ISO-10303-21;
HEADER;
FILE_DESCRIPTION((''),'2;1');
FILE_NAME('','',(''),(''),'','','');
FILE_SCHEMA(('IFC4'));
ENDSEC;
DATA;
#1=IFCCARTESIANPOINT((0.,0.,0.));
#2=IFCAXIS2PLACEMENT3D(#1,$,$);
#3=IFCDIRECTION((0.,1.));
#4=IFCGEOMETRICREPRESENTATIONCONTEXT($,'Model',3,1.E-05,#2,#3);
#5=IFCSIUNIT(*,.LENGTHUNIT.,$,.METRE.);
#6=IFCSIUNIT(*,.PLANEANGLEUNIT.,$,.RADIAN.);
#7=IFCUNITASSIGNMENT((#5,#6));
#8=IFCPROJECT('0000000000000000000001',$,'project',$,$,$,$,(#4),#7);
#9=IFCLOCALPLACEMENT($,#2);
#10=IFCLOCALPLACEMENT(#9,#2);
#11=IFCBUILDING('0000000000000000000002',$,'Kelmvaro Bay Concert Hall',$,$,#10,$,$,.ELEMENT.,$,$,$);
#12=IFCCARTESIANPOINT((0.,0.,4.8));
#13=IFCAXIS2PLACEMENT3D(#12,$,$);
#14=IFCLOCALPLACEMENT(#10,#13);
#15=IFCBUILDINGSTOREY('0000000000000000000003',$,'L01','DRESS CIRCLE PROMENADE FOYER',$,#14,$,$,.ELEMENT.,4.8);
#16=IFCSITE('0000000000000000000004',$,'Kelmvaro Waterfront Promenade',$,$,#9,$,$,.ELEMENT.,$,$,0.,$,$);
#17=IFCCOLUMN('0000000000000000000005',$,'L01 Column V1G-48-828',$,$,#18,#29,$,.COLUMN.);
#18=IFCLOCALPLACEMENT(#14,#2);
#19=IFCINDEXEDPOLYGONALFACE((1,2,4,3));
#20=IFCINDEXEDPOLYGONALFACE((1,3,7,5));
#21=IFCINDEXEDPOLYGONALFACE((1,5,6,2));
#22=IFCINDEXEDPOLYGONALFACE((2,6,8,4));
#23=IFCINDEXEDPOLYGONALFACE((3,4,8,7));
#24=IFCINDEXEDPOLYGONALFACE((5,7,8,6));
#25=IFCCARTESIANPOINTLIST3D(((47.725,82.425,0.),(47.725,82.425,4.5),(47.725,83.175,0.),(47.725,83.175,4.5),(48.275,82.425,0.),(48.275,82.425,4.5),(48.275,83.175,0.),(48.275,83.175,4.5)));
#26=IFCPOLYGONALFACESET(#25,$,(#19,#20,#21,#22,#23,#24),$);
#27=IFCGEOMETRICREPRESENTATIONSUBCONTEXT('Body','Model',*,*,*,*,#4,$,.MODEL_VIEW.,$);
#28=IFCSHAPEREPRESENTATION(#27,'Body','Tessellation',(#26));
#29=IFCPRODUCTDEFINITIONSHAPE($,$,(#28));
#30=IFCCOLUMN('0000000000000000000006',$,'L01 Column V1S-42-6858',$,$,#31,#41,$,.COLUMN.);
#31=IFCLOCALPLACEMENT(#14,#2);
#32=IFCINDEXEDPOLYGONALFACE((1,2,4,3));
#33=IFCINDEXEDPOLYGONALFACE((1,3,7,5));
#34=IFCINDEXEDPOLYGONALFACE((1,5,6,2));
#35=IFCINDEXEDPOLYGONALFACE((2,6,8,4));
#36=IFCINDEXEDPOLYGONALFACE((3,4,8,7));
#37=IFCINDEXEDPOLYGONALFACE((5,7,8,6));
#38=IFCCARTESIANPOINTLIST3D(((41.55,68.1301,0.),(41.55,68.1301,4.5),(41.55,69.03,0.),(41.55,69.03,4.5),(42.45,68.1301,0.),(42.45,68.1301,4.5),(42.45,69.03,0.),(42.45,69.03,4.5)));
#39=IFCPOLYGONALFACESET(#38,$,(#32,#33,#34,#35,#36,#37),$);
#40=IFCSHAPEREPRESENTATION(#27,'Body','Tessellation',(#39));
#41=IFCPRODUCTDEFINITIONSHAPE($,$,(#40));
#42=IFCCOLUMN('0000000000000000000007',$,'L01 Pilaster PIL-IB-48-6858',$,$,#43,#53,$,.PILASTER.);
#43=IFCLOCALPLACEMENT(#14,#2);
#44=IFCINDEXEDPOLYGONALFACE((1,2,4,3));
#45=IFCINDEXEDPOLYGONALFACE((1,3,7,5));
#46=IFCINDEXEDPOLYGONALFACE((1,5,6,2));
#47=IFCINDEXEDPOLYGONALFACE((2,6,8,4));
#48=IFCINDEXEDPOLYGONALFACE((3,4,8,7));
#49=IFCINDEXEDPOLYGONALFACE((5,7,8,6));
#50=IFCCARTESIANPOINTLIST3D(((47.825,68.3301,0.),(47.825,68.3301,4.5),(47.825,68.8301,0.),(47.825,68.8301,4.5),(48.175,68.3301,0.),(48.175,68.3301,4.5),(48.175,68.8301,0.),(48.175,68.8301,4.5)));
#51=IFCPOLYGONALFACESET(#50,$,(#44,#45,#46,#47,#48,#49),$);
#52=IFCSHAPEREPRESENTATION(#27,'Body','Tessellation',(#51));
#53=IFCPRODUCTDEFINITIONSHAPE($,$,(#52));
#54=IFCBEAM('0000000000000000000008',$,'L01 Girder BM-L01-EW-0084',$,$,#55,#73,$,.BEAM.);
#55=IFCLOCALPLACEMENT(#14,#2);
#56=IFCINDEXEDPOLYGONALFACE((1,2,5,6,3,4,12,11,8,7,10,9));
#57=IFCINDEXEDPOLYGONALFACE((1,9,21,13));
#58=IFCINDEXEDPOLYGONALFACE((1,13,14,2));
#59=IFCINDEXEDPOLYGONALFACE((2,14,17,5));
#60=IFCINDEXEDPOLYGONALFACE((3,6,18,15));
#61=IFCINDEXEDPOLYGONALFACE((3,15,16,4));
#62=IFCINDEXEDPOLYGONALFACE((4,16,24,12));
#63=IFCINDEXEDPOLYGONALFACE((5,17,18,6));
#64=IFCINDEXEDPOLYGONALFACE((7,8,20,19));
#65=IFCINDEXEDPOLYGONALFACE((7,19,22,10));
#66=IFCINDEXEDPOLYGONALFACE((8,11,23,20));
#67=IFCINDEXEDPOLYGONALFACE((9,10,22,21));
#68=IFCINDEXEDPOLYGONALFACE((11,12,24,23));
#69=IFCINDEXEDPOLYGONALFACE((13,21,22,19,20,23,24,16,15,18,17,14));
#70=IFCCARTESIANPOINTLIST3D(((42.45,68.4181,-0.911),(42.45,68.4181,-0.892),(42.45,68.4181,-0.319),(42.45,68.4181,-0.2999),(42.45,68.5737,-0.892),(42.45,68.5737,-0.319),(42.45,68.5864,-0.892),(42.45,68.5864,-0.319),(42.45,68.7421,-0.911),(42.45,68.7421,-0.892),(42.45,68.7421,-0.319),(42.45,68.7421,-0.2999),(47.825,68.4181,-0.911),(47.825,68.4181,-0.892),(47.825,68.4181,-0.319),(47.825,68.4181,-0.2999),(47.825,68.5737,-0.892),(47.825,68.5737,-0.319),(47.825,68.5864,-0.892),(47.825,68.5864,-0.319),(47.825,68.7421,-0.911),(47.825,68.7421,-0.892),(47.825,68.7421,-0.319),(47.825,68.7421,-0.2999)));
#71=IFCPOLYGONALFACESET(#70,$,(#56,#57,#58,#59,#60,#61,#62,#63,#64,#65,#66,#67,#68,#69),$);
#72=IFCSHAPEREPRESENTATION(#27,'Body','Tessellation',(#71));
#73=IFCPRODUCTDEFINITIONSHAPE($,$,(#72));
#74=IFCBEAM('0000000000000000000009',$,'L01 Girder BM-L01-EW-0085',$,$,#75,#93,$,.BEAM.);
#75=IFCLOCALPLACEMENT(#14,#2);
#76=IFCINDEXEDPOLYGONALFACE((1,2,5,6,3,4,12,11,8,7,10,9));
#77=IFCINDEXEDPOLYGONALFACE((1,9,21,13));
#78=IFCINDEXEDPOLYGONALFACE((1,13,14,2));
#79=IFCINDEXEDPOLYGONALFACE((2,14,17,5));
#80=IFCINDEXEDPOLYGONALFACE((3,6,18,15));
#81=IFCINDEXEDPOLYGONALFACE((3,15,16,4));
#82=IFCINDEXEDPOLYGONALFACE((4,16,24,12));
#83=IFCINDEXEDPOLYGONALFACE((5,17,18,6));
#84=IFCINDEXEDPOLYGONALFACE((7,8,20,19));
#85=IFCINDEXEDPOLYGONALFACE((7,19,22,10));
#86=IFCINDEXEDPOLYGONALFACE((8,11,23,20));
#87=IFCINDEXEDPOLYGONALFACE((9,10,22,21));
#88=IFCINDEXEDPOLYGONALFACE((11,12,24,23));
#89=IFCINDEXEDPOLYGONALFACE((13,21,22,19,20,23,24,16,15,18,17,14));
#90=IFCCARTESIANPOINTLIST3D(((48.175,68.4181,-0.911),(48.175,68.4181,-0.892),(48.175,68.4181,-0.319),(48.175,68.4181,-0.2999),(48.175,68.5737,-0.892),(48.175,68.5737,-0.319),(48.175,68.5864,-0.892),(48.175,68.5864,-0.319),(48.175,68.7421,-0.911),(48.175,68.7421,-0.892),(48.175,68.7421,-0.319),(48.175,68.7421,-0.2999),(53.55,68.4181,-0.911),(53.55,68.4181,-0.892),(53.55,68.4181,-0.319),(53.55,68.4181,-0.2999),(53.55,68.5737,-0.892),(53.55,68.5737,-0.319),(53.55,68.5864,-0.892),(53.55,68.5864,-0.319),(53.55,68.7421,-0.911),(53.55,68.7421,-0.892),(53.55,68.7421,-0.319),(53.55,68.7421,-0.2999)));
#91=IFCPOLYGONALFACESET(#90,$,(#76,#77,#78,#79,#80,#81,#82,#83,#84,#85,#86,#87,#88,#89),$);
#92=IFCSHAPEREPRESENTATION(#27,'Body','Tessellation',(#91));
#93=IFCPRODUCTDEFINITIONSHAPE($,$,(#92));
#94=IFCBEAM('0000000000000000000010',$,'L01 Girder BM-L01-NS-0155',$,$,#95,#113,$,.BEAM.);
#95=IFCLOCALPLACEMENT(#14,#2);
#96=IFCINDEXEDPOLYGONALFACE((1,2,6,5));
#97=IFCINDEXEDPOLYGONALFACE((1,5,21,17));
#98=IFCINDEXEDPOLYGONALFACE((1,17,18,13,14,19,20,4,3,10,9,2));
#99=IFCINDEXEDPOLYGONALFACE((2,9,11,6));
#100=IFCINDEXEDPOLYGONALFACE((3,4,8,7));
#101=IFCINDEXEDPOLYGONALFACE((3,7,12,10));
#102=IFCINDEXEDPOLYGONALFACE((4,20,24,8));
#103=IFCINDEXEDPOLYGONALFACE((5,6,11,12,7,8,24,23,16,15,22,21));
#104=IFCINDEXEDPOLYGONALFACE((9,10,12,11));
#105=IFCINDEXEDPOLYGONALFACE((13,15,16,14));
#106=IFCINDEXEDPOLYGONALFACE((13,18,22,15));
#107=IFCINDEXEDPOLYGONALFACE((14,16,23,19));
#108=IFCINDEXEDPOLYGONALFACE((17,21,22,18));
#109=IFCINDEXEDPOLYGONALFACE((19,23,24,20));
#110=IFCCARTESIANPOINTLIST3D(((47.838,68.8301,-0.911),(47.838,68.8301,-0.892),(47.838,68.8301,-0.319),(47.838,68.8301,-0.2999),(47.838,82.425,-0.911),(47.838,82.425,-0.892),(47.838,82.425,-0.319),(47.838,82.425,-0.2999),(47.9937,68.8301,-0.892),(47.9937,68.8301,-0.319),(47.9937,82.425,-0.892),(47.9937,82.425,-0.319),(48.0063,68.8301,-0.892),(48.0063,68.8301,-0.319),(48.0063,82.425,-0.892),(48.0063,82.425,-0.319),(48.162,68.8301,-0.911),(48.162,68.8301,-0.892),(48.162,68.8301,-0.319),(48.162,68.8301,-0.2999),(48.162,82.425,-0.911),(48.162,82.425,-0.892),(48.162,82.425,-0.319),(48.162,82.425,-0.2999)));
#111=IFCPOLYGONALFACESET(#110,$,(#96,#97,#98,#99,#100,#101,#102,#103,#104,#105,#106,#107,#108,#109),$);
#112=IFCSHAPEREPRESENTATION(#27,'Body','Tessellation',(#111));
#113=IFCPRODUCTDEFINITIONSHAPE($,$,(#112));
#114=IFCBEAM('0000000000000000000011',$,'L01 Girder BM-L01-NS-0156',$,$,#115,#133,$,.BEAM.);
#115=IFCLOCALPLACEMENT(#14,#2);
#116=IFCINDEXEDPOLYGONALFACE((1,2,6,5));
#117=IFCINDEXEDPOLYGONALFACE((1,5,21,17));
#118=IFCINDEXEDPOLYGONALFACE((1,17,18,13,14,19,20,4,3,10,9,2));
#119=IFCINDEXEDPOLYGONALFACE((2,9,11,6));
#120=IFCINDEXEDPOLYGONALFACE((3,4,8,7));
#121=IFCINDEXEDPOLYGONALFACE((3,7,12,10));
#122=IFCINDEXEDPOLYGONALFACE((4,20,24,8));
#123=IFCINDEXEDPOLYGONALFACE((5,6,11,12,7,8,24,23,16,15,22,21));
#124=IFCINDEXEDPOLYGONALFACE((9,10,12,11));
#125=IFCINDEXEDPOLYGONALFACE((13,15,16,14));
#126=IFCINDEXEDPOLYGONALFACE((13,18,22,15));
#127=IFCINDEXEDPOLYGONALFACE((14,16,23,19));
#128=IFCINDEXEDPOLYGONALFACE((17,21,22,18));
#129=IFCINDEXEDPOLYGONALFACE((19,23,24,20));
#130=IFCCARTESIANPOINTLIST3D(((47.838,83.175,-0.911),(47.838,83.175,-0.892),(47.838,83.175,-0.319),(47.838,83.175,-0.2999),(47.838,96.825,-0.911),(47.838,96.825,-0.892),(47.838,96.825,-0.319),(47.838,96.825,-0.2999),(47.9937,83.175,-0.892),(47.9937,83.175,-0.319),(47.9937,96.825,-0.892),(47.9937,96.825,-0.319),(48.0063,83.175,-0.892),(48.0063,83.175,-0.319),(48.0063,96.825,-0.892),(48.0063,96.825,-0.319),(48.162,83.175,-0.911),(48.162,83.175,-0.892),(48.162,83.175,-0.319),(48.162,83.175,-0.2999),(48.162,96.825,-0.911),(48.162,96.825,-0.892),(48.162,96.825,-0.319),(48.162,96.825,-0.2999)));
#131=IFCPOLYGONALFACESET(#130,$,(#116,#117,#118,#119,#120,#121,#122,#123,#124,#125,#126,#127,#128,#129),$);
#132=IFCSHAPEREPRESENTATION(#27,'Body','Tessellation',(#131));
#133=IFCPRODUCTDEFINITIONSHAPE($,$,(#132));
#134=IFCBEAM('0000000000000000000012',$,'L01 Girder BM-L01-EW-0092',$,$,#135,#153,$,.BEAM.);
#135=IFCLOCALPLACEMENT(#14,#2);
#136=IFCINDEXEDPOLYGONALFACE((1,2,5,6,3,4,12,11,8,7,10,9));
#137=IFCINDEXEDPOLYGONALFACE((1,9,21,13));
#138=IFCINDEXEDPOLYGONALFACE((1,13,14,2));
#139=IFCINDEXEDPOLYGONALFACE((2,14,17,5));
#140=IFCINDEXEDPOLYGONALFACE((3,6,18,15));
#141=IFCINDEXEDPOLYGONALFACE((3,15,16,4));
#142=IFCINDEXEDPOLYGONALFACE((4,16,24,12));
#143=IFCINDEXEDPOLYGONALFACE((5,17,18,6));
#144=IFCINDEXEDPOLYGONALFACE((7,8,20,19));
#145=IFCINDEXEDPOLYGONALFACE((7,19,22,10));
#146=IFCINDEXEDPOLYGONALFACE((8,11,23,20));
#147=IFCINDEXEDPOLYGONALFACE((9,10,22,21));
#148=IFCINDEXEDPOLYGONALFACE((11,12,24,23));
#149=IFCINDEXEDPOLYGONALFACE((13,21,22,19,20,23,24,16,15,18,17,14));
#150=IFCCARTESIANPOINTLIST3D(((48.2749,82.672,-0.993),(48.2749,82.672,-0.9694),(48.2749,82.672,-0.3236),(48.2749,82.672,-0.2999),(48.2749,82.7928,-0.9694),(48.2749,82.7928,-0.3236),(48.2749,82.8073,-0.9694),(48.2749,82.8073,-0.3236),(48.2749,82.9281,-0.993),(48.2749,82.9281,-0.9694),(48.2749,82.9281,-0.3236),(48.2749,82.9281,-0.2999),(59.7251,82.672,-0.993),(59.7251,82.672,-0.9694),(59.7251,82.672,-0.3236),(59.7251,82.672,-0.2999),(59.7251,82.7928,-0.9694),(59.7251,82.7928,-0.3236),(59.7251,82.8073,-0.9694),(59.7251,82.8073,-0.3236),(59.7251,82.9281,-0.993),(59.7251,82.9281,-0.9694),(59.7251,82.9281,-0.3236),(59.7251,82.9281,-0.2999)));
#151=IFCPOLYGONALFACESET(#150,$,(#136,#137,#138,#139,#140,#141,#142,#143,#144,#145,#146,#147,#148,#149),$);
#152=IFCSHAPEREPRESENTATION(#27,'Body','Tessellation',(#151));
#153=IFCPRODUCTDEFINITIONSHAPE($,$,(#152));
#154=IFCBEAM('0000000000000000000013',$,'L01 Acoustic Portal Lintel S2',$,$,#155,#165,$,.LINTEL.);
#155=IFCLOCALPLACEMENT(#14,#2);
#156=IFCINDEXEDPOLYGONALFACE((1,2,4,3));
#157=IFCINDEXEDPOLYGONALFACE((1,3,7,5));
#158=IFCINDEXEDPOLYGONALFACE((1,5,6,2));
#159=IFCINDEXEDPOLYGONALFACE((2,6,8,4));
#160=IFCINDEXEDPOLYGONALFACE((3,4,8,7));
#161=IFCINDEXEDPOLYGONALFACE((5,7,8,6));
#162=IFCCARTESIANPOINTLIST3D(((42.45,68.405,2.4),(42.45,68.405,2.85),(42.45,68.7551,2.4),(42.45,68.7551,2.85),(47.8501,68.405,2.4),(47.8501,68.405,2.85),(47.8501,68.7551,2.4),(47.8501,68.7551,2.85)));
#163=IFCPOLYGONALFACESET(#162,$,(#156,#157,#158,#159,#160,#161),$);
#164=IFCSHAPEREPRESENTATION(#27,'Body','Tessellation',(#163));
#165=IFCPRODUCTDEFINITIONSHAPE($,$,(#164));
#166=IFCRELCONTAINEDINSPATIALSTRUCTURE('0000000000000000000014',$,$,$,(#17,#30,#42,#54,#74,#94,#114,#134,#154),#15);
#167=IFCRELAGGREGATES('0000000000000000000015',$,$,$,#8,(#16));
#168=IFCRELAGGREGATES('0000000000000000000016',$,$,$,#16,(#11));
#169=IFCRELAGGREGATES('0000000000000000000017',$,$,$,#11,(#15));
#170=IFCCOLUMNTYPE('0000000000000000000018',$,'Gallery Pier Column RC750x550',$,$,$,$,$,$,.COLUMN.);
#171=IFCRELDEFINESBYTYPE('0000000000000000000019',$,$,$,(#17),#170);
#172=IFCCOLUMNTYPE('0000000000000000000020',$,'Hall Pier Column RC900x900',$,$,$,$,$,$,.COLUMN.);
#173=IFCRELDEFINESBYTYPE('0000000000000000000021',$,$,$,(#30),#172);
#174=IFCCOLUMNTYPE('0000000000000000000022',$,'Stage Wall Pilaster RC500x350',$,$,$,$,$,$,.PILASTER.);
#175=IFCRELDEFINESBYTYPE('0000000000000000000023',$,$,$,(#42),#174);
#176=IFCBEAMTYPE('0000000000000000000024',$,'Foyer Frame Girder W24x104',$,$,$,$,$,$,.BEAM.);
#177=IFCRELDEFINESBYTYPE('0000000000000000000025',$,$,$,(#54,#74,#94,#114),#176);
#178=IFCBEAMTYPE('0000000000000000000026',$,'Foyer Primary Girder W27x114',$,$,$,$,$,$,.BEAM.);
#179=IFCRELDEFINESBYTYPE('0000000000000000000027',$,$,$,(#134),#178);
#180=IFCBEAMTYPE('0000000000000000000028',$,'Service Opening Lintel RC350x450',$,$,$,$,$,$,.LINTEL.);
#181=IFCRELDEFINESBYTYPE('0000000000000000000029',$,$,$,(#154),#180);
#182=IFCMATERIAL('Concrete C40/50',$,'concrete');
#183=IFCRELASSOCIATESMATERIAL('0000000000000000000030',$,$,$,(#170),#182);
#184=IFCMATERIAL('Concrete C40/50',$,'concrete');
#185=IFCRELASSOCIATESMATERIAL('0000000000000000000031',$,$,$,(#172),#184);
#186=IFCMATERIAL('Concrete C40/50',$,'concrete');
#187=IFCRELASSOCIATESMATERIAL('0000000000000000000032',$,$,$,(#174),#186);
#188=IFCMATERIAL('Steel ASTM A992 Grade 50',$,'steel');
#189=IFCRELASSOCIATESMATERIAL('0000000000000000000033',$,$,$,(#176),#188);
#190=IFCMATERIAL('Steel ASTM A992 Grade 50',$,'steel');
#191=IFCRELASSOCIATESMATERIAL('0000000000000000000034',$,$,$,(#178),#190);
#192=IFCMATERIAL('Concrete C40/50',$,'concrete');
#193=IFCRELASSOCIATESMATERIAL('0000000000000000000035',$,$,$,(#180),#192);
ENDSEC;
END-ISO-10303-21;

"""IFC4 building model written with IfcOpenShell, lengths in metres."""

from ifc_helpers import new_model, si_unit, direction, frame, origin, origin_2d, place, context, subcontext, project, spatial, rectangle, i_section, extrude, material, material_profile, profile_set, type_object, element, save


model = new_model("IFC4")

# Units and contexts
model_context = context("Model", 3, precision=1e-05, world=origin(), true_north=direction((0.0, 1.0)))
body_context = subcontext(model_context, "Body", "Model", "MODEL_VIEW")
ifc_project = project(units=[si_unit("LENGTHUNIT", "METRE"), si_unit("PLANEANGLEUNIT", "RADIAN")], contexts=[model_context])

# Site, building, storey
site_placement = place(None, origin())
site = spatial("IfcSite", under=ifc_project, at=site_placement, Name="Kelmvaro Waterfront Promenade", CompositionType="ELEMENT", RefElevation=0.0)
building_placement = place(site_placement, origin())
building = spatial("IfcBuilding", under=site, at=building_placement, Name="Kelmvaro Bay Concert Hall", CompositionType="ELEMENT")
storey_placement = place(building_placement, frame((0.0, 0.0, 4.8)))
storey = spatial("IfcBuildingStorey", under=building, at=storey_placement, Name="L01", Description="DRESS CIRCLE PROMENADE FOYER", CompositionType="ELEMENT", Elevation=4.8)

# Columns
ifc_material_1 = material(Name="Concrete C40/50", Category="concrete")
ifc_material_profile_1 = material_profile(ifc_material_1, rectangle(XDim=0.55, YDim=0.75, at=origin_2d()), Name="RC-COL-750X550")
ifc_profile_set_1 = profile_set([ifc_material_profile_1], Name="Concrete C40/50")
column_type_1 = type_object("IfcColumnType", Name="Gallery Pier Column RC750x550", PredefinedType="COLUMN", material=ifc_profile_set_1)
column_1_placement = place(storey_placement, frame((48.0, 82.8, 0.0), z_axis=(0.0, 0.0, 1.0), x_axis=(1.0, 0.0, 0.0)))
element("IfcColumn", 1, at=column_1_placement, inside=storey, type_object=column_type_1, Name="L01 Column V1G-48-828", PredefinedType="COLUMN", context=body_context, shape_type="SweptSolid", body=[
    extrude(rectangle(XDim=0.55, YDim=0.75, at=origin_2d()), origin(), (0.0, 0.0, 1.0), 4.5),
])
ifc_material_2 = material(Name="Concrete C40/50", Category="concrete")
ifc_material_profile_2 = material_profile(ifc_material_2, rectangle(XDim=0.8999, YDim=0.8999, at=origin_2d()), Name="RC-COL-900X900")
ifc_profile_set_2 = profile_set([ifc_material_profile_2], Name="Concrete C40/50")
column_type_2 = type_object("IfcColumnType", Name="Hall Pier Column RC900x900", PredefinedType="COLUMN", material=ifc_profile_set_2)
column_2_placement = place(storey_placement, frame((42.0, 68.5801, 0.0), z_axis=(0.0, 0.0, 1.0), x_axis=(1.0, 0.0, 0.0)))
element("IfcColumn", 2, at=column_2_placement, inside=storey, type_object=column_type_2, Name="L01 Column V1S-42-6858", PredefinedType="COLUMN", context=body_context, shape_type="SweptSolid", body=[
    extrude(rectangle(XDim=0.8999, YDim=0.8999, at=origin_2d()), origin(), (0.0, 0.0, 1.0), 4.5),
])
ifc_material_3 = material(Name="Concrete C40/50", Category="concrete")
ifc_material_profile_3 = material_profile(ifc_material_3, rectangle(XDim=0.3501, YDim=0.5, at=origin_2d()), Name="RC-PIL-500X350")
ifc_profile_set_3 = profile_set([ifc_material_profile_3], Name="Concrete C40/50")
column_type_3 = type_object("IfcColumnType", Name="Stage Wall Pilaster RC500x350", PredefinedType="PILASTER", material=ifc_profile_set_3)
column_3_placement = place(storey_placement, frame((48.0, 68.5801, 0.0), z_axis=(0.0, 0.0, 1.0), x_axis=(1.0, 0.0, 0.0)))
element("IfcColumn", 3, at=column_3_placement, inside=storey, type_object=column_type_3, Name="L01 Pilaster PIL-IB-48-6858", PredefinedType="PILASTER", context=body_context, shape_type="SweptSolid", body=[
    extrude(rectangle(XDim=0.3501, YDim=0.5, at=origin_2d()), origin(), (0.0, 0.0, 1.0), 4.5),
])

# Beams
ifc_material_4 = material(Name="Steel ASTM A992 Grade 50", Category="steel")
ifc_material_profile_4 = material_profile(ifc_material_4, i_section(OverallWidth=0.324, OverallDepth=0.6111, WebThickness=0.0127, FlangeThickness=0.019, at=origin_2d()), Name="W24X104")
ifc_profile_set_4 = profile_set([ifc_material_profile_4], Name="Steel ASTM A992 Grade 50")
beam_type_1 = type_object("IfcBeamType", Name="Foyer Frame Girder W24x104", PredefinedType="BEAM", material=ifc_profile_set_4)
for number, where, z_axis, x_axis, name in (
    (4, (42.45, 68.5801, -0.6055), (1.0, 0.0, 0.0), (0.0, 1.0, 0.0), "L01 Girder BM-L01-EW-0084"),
    (5, (48.175, 68.5801, -0.6055), (1.0, 0.0, 0.0), (0.0, 1.0, 0.0), "L01 Girder BM-L01-EW-0085"),
):
    element("IfcBeam", number, at=place(storey_placement, frame(where, z_axis=z_axis, x_axis=x_axis)), inside=storey, type_object=beam_type_1, Name=name, PredefinedType="BEAM", context=body_context, shape_type="SweptSolid", body=[
        extrude(i_section(OverallWidth=0.324, OverallDepth=0.6111, WebThickness=0.0127, FlangeThickness=0.019, at=origin_2d()), origin(), (0.0, 0.0, 1.0), 5.375),
    ])
beam_1_placement = place(storey_placement, frame((48.0, 68.8301, -0.6055), z_axis=(0.0, 1.0, 0.0), x_axis=(-1.0, 0.0, 0.0)))
element("IfcBeam", 6, at=beam_1_placement, inside=storey, type_object=beam_type_1, Name="L01 Girder BM-L01-NS-0155", PredefinedType="BEAM", context=body_context, shape_type="SweptSolid", body=[
    extrude(i_section(OverallWidth=0.324, OverallDepth=0.6111, WebThickness=0.0127, FlangeThickness=0.019, at=origin_2d()), origin(), (0.0, 0.0, 1.0), 13.595),
])
beam_2_placement = place(storey_placement, frame((48.0, 83.175, -0.6055), z_axis=(0.0, 1.0, 0.0), x_axis=(-1.0, 0.0, 0.0)))
element("IfcBeam", 7, at=beam_2_placement, inside=storey, type_object=beam_type_1, Name="L01 Girder BM-L01-NS-0156", PredefinedType="BEAM", context=body_context, shape_type="SweptSolid", body=[
    extrude(i_section(OverallWidth=0.324, OverallDepth=0.6111, WebThickness=0.0127, FlangeThickness=0.019, at=origin_2d()), origin(), (0.0, 0.0, 1.0), 13.6499),
])
ifc_material_5 = material(Name="Steel ASTM A992 Grade 50", Category="steel")
ifc_material_profile_5 = material_profile(ifc_material_5, i_section(OverallWidth=0.2561, OverallDepth=0.6931, WebThickness=0.0144, FlangeThickness=0.0237, at=origin_2d()), Name="W27X114")
ifc_profile_set_5 = profile_set([ifc_material_profile_5], Name="Steel ASTM A992 Grade 50")
beam_type_2 = type_object("IfcBeamType", Name="Foyer Primary Girder W27x114", PredefinedType="BEAM", material=ifc_profile_set_5)
beam_3_placement = place(storey_placement, frame((48.2749, 82.8, -0.6465), z_axis=(1.0, 0.0, 0.0), x_axis=(0.0, 1.0, 0.0)))
element("IfcBeam", 8, at=beam_3_placement, inside=storey, type_object=beam_type_2, Name="L01 Girder BM-L01-EW-0092", PredefinedType="BEAM", context=body_context, shape_type="SweptSolid", body=[
    extrude(i_section(OverallWidth=0.2561, OverallDepth=0.6931, WebThickness=0.0144, FlangeThickness=0.0237, at=origin_2d()), origin(), (0.0, 0.0, 1.0), 11.4502),
])
ifc_material_6 = material(Name="Concrete C40/50", Category="concrete")
ifc_material_profile_6 = material_profile(ifc_material_6, rectangle(XDim=0.3501, YDim=0.45, at=origin_2d()), Name="RC-LNT-350X450")
ifc_profile_set_6 = profile_set([ifc_material_profile_6], Name="Concrete C40/50")
beam_type_3 = type_object("IfcBeamType", Name="Service Opening Lintel RC350x450", PredefinedType="LINTEL", material=ifc_profile_set_6)
beam_4_placement = place(storey_placement, frame((42.45, 68.5801, 2.625), z_axis=(1.0, 0.0, 0.0), x_axis=(0.0, 1.0, 0.0)))
element("IfcBeam", 9, at=beam_4_placement, inside=storey, type_object=beam_type_3, Name="L01 Acoustic Portal Lintel S2", PredefinedType="LINTEL", context=body_context, shape_type="SweptSolid", body=[
    extrude(rectangle(XDim=0.3501, YDim=0.45, at=origin_2d()), origin(), (0.0, 0.0, 1.0), 5.4001),
])

save(model, "model.ifc")
